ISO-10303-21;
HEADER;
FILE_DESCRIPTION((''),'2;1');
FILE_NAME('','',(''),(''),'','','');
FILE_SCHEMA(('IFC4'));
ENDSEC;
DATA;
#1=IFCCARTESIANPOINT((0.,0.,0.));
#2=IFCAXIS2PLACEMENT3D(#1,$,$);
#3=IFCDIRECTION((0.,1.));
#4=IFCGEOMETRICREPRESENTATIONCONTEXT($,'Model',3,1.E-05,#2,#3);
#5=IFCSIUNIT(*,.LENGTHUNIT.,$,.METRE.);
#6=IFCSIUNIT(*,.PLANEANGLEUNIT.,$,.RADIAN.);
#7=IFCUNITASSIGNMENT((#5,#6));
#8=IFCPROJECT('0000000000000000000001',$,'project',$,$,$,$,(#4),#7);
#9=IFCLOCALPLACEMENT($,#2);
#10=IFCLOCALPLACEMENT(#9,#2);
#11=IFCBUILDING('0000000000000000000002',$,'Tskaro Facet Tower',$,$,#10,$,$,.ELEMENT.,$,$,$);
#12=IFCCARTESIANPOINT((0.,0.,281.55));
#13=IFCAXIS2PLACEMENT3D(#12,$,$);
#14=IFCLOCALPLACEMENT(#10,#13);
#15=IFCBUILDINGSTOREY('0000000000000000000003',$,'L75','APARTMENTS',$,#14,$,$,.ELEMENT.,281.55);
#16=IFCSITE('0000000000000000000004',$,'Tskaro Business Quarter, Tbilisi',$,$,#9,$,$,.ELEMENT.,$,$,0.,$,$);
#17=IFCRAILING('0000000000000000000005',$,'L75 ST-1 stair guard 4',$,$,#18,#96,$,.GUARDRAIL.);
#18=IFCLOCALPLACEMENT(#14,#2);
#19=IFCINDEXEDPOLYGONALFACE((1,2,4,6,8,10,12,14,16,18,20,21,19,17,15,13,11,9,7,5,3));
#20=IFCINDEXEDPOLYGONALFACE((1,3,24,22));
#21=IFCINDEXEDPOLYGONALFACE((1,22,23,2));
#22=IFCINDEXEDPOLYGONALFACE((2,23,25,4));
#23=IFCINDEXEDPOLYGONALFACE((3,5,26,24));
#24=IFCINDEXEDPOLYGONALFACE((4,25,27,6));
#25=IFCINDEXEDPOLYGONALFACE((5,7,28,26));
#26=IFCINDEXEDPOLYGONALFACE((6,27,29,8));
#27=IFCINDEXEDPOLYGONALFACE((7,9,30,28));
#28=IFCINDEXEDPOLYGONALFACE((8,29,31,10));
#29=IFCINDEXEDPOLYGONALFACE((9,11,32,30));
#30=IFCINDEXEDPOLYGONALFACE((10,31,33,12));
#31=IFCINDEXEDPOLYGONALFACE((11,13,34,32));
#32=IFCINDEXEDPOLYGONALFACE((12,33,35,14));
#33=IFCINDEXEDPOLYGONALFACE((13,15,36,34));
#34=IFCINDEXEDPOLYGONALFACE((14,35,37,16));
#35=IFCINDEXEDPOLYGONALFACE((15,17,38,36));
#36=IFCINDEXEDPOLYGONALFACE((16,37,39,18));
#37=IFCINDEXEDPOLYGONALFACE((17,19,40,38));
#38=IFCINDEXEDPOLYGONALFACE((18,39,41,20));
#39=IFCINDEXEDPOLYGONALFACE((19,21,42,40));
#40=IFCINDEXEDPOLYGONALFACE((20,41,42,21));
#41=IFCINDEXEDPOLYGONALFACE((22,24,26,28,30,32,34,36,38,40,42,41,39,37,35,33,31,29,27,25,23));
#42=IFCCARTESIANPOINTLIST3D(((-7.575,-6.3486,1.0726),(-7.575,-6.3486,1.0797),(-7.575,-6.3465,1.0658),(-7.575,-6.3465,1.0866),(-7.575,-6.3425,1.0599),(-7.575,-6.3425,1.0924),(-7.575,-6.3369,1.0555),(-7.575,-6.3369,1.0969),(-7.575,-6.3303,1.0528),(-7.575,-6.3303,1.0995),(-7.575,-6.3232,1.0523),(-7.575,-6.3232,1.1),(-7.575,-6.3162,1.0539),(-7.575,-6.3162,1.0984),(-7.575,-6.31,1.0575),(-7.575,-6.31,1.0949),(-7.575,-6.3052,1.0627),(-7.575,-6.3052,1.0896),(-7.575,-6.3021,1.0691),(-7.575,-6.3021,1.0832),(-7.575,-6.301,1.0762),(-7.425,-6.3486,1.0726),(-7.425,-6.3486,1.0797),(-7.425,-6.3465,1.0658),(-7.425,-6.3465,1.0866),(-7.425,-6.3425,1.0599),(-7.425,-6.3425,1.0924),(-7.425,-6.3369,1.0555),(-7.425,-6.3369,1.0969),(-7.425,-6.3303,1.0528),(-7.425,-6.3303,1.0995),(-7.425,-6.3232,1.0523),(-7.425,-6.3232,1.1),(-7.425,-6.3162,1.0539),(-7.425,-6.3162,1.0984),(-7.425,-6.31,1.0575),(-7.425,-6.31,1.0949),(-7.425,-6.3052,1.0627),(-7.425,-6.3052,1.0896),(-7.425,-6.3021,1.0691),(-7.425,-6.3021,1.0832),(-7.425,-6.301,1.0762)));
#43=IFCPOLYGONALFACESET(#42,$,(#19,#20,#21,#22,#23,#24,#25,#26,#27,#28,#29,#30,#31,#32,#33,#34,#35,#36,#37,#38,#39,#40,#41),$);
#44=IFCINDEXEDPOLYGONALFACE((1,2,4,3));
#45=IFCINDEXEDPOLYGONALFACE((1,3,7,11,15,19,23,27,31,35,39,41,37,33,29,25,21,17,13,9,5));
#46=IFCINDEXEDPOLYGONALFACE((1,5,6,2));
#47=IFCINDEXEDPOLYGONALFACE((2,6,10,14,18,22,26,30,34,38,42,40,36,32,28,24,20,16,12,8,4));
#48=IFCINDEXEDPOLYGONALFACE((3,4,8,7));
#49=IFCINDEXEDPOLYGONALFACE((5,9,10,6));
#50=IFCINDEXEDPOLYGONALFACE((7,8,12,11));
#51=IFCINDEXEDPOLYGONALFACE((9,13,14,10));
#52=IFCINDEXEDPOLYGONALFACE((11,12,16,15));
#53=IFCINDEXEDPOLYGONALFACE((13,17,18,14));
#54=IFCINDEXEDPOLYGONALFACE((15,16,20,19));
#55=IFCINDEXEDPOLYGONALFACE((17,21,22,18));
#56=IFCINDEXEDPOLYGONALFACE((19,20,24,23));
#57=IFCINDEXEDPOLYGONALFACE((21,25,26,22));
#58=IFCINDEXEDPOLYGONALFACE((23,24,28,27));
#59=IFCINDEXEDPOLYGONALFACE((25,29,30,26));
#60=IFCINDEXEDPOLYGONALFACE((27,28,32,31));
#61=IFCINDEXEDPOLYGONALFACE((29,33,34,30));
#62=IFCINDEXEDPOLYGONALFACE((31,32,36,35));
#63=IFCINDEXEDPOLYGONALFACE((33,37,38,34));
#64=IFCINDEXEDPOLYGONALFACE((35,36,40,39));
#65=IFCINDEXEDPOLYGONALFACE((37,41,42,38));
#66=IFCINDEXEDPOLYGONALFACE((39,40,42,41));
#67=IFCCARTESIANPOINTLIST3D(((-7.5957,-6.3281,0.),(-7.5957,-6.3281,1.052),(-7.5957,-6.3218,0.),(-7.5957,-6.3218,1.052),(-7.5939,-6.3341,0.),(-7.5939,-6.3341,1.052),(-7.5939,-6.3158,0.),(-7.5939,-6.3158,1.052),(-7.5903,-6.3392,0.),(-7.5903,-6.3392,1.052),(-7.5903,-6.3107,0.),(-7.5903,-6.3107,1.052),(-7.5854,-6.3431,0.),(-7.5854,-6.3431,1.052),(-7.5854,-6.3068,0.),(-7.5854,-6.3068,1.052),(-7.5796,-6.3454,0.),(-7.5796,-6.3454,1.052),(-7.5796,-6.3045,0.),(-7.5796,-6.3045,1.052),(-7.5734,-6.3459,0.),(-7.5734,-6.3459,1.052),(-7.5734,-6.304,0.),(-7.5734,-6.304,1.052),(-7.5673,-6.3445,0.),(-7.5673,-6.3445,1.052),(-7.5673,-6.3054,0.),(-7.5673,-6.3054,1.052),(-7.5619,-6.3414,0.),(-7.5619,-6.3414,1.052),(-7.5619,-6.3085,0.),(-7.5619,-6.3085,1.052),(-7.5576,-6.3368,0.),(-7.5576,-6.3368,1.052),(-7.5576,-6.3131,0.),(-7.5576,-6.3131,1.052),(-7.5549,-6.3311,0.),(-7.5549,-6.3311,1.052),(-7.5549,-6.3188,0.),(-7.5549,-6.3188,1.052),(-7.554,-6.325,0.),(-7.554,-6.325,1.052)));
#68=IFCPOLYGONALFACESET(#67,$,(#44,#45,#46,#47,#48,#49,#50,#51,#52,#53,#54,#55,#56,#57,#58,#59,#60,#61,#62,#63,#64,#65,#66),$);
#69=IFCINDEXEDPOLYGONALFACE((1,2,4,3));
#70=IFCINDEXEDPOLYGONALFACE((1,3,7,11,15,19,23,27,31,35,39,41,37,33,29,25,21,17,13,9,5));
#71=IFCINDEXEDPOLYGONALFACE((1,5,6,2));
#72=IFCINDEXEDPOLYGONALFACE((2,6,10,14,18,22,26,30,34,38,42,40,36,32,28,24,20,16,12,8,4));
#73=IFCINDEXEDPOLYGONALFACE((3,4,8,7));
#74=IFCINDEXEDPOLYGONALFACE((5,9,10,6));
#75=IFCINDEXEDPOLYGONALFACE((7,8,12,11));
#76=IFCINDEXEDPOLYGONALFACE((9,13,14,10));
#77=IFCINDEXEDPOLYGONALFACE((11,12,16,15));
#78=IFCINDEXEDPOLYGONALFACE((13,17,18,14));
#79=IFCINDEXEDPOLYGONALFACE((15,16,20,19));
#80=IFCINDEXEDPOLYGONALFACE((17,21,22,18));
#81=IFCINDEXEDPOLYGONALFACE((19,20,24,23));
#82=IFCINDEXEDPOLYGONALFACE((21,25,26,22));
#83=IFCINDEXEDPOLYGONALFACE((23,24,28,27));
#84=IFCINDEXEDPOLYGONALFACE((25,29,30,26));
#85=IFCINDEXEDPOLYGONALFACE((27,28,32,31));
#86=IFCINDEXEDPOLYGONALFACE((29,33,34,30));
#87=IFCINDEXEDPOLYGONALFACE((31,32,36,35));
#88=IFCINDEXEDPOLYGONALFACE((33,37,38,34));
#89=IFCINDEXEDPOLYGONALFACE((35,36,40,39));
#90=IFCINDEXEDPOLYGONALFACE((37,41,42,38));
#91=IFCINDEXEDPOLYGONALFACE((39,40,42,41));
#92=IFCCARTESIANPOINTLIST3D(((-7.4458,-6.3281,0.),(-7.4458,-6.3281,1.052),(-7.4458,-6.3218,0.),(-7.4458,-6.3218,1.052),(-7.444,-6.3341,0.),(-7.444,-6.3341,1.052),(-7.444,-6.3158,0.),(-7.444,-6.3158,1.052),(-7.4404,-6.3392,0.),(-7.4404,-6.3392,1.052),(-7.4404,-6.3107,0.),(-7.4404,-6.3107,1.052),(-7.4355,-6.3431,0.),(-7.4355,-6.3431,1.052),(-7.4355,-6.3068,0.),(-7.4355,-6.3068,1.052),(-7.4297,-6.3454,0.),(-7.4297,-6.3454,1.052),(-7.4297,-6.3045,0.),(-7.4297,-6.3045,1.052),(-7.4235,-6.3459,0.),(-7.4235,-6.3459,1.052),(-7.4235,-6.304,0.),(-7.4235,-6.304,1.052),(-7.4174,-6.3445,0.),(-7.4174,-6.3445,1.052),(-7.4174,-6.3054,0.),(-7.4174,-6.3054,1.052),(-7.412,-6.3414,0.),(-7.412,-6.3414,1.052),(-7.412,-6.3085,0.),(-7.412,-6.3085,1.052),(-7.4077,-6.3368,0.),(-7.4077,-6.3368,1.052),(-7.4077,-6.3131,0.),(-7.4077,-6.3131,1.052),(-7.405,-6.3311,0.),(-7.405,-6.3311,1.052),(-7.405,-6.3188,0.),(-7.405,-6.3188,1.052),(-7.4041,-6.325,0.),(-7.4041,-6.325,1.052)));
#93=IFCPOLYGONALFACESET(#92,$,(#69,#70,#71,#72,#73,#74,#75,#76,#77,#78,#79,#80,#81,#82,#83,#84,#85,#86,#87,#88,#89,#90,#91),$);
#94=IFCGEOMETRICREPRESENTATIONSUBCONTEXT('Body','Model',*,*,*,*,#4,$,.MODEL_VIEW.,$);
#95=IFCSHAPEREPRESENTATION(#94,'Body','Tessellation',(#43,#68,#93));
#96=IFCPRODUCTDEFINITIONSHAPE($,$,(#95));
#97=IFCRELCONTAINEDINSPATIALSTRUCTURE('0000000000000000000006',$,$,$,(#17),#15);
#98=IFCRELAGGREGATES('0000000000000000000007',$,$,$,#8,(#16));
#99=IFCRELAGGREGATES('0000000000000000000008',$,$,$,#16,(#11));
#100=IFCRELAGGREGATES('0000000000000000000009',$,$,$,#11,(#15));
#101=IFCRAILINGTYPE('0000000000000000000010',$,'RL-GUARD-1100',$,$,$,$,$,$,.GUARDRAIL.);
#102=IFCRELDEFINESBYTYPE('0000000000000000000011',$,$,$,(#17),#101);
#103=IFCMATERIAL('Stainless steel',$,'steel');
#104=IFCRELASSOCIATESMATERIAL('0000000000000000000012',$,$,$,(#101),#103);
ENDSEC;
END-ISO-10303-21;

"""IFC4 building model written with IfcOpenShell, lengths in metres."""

from ifc_helpers import new_model, si_unit, direction, frame, origin, origin_2d, place, context, subcontext, project, spatial, circle, extrude, material, type_object, element, save


model = new_model("IFC4")

# Units and contexts
model_context = context("Model", 3, precision=1e-05, world=origin(), true_north=direction((0.0, 1.0)))
body_context = subcontext(model_context, "Body", "Model", "MODEL_VIEW")
ifc_project = project(units=[si_unit("LENGTHUNIT", "METRE"), si_unit("PLANEANGLEUNIT", "RADIAN")], contexts=[model_context])

# Site, building, storey
site_placement = place(None, origin())
site = spatial("IfcSite", under=ifc_project, at=site_placement, Name="Tskaro Business Quarter, Tbilisi", CompositionType="ELEMENT", RefElevation=0.0)
building_placement = place(site_placement, origin())
building = spatial("IfcBuilding", under=site, at=building_placement, Name="Tskaro Facet Tower", CompositionType="ELEMENT")
storey_placement = place(building_placement, frame((0.0, 0.0, 281.55)))
storey = spatial("IfcBuildingStorey", under=building, at=storey_placement, Name="L75", Description="APARTMENTS", CompositionType="ELEMENT", Elevation=281.55)

# Shared definitions
ifc_material_1 = material(Name="Stainless steel", Category="steel")

# Railing
railing_type_1 = type_object("IfcRailingType", Name="RL-GUARD-1100", PredefinedType="GUARDRAIL", material=ifc_material_1)
railing_1_placement = place(storey_placement, frame((-7.575, -6.325, 0.0)))
element("IfcRailing", 1, at=railing_1_placement, inside=storey, type_object=railing_type_1, Name="L75 ST-1 stair guard 4", PredefinedType="GUARDRAIL", context=body_context, shape_type="SweptSolid", body=[
    extrude(circle(Radius=0.0239, at=origin_2d()), frame((0.0, 0.0, 1.0762), z_axis=(1.0, 0.0, 0.0), x_axis=(0.0, 1.0, 0.0)), (0.0, 0.0, 1.0), 0.1499),
    extrude(circle(Radius=0.021, at=origin_2d()), origin(), (0.0, 0.0, 1.0), 1.052),
    extrude(circle(Radius=0.021, at=origin_2d()), frame((0.1499, 0.0, 0.0)), (0.0, 0.0, 1.0), 1.052),
])

save(model, "model.ifc")
